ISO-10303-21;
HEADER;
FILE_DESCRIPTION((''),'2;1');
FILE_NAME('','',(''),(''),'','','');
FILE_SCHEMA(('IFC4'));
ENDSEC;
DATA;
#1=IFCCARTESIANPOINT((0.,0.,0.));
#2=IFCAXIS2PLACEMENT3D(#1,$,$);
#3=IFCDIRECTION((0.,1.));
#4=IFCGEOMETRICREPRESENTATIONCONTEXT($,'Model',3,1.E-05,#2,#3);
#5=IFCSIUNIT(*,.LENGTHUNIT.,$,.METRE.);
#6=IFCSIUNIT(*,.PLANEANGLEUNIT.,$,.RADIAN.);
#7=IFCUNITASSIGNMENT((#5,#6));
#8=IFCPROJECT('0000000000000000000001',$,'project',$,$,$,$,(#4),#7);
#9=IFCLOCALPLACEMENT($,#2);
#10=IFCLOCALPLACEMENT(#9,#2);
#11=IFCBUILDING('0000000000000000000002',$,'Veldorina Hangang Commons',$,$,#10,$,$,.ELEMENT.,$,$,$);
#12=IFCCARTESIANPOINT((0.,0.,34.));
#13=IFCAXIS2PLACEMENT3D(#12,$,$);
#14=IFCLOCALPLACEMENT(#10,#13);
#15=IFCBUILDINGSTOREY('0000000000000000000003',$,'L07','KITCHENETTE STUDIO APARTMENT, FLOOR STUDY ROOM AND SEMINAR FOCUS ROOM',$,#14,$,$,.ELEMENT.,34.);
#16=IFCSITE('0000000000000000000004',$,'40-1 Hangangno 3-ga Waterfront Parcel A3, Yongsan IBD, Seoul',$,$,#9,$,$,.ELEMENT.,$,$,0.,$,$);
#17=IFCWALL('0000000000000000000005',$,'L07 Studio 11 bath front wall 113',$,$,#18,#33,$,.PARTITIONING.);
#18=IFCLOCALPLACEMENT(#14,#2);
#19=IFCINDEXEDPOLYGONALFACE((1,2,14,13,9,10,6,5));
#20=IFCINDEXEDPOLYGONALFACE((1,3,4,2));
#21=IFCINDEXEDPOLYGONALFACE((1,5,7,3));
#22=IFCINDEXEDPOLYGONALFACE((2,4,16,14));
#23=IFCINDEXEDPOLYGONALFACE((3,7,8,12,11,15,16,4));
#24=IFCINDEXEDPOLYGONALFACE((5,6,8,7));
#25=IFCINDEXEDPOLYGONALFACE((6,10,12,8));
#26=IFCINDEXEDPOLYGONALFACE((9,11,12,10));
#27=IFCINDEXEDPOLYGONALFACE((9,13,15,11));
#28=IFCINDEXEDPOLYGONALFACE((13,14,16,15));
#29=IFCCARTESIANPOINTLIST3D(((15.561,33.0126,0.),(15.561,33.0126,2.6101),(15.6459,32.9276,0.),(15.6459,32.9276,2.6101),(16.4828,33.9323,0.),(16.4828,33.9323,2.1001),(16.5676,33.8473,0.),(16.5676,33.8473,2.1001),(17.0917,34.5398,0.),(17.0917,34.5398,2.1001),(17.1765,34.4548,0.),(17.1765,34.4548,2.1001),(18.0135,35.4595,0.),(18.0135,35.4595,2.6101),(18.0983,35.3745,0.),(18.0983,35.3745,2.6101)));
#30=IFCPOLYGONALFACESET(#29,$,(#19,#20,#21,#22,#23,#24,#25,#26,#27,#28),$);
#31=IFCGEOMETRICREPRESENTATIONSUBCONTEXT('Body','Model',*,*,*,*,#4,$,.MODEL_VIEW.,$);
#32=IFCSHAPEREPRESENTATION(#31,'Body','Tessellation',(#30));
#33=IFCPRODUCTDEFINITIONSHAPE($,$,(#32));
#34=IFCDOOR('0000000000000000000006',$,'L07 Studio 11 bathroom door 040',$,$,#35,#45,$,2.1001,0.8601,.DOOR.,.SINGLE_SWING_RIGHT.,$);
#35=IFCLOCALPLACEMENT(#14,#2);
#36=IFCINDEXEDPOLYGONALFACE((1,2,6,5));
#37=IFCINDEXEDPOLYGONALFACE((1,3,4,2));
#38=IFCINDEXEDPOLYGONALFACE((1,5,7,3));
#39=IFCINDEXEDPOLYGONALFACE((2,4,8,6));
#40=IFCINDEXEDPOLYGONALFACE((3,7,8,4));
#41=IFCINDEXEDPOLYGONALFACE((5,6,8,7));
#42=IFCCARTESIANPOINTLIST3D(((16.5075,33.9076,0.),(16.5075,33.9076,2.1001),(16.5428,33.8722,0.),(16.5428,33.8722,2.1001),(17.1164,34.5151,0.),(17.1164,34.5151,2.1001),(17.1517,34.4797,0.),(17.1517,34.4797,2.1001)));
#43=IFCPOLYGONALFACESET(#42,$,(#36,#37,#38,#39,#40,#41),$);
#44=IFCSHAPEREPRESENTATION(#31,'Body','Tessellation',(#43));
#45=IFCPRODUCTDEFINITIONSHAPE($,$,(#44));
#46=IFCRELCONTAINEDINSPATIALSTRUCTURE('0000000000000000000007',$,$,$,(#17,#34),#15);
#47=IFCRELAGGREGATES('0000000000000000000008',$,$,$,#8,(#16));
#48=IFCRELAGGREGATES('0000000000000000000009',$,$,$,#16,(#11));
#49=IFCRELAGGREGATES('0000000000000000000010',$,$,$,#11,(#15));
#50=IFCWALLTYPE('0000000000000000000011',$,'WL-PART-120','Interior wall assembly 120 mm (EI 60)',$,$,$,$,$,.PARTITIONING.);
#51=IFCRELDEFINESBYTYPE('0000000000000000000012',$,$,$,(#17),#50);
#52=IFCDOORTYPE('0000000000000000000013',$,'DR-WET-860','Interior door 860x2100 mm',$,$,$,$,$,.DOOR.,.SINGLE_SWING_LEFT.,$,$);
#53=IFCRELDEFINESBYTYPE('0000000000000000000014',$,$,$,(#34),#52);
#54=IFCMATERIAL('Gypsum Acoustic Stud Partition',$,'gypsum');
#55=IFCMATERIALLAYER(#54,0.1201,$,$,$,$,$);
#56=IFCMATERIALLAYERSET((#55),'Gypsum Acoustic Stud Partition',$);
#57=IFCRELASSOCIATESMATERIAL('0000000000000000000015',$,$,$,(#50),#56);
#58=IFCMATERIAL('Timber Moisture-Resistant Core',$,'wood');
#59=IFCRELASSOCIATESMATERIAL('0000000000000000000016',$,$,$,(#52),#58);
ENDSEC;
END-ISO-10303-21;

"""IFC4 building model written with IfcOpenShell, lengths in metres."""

from ifc_helpers import new_model, si_unit, direction, frame, frame_2d, origin, place, context, subcontext, project, spatial, rectangle, extrude, material, layer, layer_set, type_object, element, fill, save


model = new_model("IFC4")

# Units and contexts
model_context = context("Model", 3, precision=1e-05, world=origin(), true_north=direction((0.0, 1.0)))
body_context = subcontext(model_context, "Body", "Model", "MODEL_VIEW")
ifc_project = project(units=[si_unit("LENGTHUNIT", "METRE"), si_unit("PLANEANGLEUNIT", "RADIAN")], contexts=[model_context])

# Site, building, storey
site_placement = place(None, origin())
site = spatial("IfcSite", under=ifc_project, at=site_placement, Name="40-1 Hangangno 3-ga Waterfront Parcel A3, Yongsan IBD, Seoul", CompositionType="ELEMENT", RefElevation=0.0)
building_placement = place(site_placement, origin())
building = spatial("IfcBuilding", under=site, at=building_placement, Name="Veldorina Hangang Commons", CompositionType="ELEMENT")
storey_placement = place(building_placement, frame((0.0, 0.0, 34.0)))
storey = spatial("IfcBuildingStorey", under=building, at=storey_placement, Name="L07", Description="KITCHENETTE STUDIO APARTMENT, FLOOR STUDY ROOM AND SEMINAR FOCUS ROOM", CompositionType="ELEMENT", Elevation=34.0)

# Wall, opening, door
ifc_material_1 = material(Name="Gypsum Acoustic Stud Partition", Category="gypsum")
ifc_layer_1 = layer(ifc_material_1, 0.1201)
ifc_layer_set_1 = layer_set([ifc_layer_1], Name="Gypsum Acoustic Stud Partition")
wall_type_1 = type_object("IfcWallType", Name="WL-PART-120", Description="Interior wall assembly 120 mm (EI 60)", PredefinedType="PARTITIONING", material=ifc_layer_set_1)
wall_1_placement = place(storey_placement, frame((18.0559, 35.417, 0.0), z_axis=(0.0, 0.0, 1.0), x_axis=(-0.707917, -0.706296, 0.0)))
wall_1 = element("IfcWall", 1, at=wall_1_placement, inside=storey, type_object=wall_type_1, Name="L07 Studio 11 bath front wall 113", PredefinedType="PARTITIONING", context=body_context, shape_type="SweptSolid", body=[
    extrude(rectangle(XDim=3.4644, YDim=0.1201, at=frame_2d((1.7322, 0.0))), origin(), (0.0, 0.0, 1.0), 2.6101),
])
opening_1_placement = place(wall_1_placement, frame((1.302, 0.0, 0.0)))
opening_1 = element("IfcOpeningElement", 2, at=opening_1_placement, cuts=wall_1, PredefinedType="OPENING", context=body_context, shape_type="SweptSolid", body=[
    extrude(rectangle(XDim=0.8601, YDim=2.1001, at=frame_2d((0.4302, 1.05))), frame((0.0, 0.0701, 0.0), z_axis=(0.0, -1.0, 0.0), x_axis=(1.0, 0.0, 0.0)), (0.0, 0.0, 1.0), 0.1401),
])
ifc_material_2 = material(Name="Timber Moisture-Resistant Core", Category="wood")
door_type = type_object("IfcDoorType", Name="DR-WET-860", Description="Interior door 860x2100 mm", OperationType="SINGLE_SWING_LEFT", PredefinedType="DOOR", material=ifc_material_2)
door_placement = place(opening_1_placement, origin())
door = element("IfcDoor", 3, at=door_placement, inside=storey, type_object=door_type, Name="L07 Studio 11 bathroom door 040", OperationType="SINGLE_SWING_RIGHT", OverallHeight=2.1001, OverallWidth=0.8601, PredefinedType="DOOR", context=body_context, shape_type="SweptSolid", body=[
    extrude(rectangle(XDim=0.8601, YDim=2.1001, at=frame_2d((0.4302, 1.05))), frame((0.0, 0.0249, 0.0), z_axis=(0.0, -1.0, 0.0), x_axis=(1.0, 0.0, 0.0)), (0.0, 0.0, 1.0), 0.05),
])
fill(opening_1, door)

save(model, "model.ifc")
